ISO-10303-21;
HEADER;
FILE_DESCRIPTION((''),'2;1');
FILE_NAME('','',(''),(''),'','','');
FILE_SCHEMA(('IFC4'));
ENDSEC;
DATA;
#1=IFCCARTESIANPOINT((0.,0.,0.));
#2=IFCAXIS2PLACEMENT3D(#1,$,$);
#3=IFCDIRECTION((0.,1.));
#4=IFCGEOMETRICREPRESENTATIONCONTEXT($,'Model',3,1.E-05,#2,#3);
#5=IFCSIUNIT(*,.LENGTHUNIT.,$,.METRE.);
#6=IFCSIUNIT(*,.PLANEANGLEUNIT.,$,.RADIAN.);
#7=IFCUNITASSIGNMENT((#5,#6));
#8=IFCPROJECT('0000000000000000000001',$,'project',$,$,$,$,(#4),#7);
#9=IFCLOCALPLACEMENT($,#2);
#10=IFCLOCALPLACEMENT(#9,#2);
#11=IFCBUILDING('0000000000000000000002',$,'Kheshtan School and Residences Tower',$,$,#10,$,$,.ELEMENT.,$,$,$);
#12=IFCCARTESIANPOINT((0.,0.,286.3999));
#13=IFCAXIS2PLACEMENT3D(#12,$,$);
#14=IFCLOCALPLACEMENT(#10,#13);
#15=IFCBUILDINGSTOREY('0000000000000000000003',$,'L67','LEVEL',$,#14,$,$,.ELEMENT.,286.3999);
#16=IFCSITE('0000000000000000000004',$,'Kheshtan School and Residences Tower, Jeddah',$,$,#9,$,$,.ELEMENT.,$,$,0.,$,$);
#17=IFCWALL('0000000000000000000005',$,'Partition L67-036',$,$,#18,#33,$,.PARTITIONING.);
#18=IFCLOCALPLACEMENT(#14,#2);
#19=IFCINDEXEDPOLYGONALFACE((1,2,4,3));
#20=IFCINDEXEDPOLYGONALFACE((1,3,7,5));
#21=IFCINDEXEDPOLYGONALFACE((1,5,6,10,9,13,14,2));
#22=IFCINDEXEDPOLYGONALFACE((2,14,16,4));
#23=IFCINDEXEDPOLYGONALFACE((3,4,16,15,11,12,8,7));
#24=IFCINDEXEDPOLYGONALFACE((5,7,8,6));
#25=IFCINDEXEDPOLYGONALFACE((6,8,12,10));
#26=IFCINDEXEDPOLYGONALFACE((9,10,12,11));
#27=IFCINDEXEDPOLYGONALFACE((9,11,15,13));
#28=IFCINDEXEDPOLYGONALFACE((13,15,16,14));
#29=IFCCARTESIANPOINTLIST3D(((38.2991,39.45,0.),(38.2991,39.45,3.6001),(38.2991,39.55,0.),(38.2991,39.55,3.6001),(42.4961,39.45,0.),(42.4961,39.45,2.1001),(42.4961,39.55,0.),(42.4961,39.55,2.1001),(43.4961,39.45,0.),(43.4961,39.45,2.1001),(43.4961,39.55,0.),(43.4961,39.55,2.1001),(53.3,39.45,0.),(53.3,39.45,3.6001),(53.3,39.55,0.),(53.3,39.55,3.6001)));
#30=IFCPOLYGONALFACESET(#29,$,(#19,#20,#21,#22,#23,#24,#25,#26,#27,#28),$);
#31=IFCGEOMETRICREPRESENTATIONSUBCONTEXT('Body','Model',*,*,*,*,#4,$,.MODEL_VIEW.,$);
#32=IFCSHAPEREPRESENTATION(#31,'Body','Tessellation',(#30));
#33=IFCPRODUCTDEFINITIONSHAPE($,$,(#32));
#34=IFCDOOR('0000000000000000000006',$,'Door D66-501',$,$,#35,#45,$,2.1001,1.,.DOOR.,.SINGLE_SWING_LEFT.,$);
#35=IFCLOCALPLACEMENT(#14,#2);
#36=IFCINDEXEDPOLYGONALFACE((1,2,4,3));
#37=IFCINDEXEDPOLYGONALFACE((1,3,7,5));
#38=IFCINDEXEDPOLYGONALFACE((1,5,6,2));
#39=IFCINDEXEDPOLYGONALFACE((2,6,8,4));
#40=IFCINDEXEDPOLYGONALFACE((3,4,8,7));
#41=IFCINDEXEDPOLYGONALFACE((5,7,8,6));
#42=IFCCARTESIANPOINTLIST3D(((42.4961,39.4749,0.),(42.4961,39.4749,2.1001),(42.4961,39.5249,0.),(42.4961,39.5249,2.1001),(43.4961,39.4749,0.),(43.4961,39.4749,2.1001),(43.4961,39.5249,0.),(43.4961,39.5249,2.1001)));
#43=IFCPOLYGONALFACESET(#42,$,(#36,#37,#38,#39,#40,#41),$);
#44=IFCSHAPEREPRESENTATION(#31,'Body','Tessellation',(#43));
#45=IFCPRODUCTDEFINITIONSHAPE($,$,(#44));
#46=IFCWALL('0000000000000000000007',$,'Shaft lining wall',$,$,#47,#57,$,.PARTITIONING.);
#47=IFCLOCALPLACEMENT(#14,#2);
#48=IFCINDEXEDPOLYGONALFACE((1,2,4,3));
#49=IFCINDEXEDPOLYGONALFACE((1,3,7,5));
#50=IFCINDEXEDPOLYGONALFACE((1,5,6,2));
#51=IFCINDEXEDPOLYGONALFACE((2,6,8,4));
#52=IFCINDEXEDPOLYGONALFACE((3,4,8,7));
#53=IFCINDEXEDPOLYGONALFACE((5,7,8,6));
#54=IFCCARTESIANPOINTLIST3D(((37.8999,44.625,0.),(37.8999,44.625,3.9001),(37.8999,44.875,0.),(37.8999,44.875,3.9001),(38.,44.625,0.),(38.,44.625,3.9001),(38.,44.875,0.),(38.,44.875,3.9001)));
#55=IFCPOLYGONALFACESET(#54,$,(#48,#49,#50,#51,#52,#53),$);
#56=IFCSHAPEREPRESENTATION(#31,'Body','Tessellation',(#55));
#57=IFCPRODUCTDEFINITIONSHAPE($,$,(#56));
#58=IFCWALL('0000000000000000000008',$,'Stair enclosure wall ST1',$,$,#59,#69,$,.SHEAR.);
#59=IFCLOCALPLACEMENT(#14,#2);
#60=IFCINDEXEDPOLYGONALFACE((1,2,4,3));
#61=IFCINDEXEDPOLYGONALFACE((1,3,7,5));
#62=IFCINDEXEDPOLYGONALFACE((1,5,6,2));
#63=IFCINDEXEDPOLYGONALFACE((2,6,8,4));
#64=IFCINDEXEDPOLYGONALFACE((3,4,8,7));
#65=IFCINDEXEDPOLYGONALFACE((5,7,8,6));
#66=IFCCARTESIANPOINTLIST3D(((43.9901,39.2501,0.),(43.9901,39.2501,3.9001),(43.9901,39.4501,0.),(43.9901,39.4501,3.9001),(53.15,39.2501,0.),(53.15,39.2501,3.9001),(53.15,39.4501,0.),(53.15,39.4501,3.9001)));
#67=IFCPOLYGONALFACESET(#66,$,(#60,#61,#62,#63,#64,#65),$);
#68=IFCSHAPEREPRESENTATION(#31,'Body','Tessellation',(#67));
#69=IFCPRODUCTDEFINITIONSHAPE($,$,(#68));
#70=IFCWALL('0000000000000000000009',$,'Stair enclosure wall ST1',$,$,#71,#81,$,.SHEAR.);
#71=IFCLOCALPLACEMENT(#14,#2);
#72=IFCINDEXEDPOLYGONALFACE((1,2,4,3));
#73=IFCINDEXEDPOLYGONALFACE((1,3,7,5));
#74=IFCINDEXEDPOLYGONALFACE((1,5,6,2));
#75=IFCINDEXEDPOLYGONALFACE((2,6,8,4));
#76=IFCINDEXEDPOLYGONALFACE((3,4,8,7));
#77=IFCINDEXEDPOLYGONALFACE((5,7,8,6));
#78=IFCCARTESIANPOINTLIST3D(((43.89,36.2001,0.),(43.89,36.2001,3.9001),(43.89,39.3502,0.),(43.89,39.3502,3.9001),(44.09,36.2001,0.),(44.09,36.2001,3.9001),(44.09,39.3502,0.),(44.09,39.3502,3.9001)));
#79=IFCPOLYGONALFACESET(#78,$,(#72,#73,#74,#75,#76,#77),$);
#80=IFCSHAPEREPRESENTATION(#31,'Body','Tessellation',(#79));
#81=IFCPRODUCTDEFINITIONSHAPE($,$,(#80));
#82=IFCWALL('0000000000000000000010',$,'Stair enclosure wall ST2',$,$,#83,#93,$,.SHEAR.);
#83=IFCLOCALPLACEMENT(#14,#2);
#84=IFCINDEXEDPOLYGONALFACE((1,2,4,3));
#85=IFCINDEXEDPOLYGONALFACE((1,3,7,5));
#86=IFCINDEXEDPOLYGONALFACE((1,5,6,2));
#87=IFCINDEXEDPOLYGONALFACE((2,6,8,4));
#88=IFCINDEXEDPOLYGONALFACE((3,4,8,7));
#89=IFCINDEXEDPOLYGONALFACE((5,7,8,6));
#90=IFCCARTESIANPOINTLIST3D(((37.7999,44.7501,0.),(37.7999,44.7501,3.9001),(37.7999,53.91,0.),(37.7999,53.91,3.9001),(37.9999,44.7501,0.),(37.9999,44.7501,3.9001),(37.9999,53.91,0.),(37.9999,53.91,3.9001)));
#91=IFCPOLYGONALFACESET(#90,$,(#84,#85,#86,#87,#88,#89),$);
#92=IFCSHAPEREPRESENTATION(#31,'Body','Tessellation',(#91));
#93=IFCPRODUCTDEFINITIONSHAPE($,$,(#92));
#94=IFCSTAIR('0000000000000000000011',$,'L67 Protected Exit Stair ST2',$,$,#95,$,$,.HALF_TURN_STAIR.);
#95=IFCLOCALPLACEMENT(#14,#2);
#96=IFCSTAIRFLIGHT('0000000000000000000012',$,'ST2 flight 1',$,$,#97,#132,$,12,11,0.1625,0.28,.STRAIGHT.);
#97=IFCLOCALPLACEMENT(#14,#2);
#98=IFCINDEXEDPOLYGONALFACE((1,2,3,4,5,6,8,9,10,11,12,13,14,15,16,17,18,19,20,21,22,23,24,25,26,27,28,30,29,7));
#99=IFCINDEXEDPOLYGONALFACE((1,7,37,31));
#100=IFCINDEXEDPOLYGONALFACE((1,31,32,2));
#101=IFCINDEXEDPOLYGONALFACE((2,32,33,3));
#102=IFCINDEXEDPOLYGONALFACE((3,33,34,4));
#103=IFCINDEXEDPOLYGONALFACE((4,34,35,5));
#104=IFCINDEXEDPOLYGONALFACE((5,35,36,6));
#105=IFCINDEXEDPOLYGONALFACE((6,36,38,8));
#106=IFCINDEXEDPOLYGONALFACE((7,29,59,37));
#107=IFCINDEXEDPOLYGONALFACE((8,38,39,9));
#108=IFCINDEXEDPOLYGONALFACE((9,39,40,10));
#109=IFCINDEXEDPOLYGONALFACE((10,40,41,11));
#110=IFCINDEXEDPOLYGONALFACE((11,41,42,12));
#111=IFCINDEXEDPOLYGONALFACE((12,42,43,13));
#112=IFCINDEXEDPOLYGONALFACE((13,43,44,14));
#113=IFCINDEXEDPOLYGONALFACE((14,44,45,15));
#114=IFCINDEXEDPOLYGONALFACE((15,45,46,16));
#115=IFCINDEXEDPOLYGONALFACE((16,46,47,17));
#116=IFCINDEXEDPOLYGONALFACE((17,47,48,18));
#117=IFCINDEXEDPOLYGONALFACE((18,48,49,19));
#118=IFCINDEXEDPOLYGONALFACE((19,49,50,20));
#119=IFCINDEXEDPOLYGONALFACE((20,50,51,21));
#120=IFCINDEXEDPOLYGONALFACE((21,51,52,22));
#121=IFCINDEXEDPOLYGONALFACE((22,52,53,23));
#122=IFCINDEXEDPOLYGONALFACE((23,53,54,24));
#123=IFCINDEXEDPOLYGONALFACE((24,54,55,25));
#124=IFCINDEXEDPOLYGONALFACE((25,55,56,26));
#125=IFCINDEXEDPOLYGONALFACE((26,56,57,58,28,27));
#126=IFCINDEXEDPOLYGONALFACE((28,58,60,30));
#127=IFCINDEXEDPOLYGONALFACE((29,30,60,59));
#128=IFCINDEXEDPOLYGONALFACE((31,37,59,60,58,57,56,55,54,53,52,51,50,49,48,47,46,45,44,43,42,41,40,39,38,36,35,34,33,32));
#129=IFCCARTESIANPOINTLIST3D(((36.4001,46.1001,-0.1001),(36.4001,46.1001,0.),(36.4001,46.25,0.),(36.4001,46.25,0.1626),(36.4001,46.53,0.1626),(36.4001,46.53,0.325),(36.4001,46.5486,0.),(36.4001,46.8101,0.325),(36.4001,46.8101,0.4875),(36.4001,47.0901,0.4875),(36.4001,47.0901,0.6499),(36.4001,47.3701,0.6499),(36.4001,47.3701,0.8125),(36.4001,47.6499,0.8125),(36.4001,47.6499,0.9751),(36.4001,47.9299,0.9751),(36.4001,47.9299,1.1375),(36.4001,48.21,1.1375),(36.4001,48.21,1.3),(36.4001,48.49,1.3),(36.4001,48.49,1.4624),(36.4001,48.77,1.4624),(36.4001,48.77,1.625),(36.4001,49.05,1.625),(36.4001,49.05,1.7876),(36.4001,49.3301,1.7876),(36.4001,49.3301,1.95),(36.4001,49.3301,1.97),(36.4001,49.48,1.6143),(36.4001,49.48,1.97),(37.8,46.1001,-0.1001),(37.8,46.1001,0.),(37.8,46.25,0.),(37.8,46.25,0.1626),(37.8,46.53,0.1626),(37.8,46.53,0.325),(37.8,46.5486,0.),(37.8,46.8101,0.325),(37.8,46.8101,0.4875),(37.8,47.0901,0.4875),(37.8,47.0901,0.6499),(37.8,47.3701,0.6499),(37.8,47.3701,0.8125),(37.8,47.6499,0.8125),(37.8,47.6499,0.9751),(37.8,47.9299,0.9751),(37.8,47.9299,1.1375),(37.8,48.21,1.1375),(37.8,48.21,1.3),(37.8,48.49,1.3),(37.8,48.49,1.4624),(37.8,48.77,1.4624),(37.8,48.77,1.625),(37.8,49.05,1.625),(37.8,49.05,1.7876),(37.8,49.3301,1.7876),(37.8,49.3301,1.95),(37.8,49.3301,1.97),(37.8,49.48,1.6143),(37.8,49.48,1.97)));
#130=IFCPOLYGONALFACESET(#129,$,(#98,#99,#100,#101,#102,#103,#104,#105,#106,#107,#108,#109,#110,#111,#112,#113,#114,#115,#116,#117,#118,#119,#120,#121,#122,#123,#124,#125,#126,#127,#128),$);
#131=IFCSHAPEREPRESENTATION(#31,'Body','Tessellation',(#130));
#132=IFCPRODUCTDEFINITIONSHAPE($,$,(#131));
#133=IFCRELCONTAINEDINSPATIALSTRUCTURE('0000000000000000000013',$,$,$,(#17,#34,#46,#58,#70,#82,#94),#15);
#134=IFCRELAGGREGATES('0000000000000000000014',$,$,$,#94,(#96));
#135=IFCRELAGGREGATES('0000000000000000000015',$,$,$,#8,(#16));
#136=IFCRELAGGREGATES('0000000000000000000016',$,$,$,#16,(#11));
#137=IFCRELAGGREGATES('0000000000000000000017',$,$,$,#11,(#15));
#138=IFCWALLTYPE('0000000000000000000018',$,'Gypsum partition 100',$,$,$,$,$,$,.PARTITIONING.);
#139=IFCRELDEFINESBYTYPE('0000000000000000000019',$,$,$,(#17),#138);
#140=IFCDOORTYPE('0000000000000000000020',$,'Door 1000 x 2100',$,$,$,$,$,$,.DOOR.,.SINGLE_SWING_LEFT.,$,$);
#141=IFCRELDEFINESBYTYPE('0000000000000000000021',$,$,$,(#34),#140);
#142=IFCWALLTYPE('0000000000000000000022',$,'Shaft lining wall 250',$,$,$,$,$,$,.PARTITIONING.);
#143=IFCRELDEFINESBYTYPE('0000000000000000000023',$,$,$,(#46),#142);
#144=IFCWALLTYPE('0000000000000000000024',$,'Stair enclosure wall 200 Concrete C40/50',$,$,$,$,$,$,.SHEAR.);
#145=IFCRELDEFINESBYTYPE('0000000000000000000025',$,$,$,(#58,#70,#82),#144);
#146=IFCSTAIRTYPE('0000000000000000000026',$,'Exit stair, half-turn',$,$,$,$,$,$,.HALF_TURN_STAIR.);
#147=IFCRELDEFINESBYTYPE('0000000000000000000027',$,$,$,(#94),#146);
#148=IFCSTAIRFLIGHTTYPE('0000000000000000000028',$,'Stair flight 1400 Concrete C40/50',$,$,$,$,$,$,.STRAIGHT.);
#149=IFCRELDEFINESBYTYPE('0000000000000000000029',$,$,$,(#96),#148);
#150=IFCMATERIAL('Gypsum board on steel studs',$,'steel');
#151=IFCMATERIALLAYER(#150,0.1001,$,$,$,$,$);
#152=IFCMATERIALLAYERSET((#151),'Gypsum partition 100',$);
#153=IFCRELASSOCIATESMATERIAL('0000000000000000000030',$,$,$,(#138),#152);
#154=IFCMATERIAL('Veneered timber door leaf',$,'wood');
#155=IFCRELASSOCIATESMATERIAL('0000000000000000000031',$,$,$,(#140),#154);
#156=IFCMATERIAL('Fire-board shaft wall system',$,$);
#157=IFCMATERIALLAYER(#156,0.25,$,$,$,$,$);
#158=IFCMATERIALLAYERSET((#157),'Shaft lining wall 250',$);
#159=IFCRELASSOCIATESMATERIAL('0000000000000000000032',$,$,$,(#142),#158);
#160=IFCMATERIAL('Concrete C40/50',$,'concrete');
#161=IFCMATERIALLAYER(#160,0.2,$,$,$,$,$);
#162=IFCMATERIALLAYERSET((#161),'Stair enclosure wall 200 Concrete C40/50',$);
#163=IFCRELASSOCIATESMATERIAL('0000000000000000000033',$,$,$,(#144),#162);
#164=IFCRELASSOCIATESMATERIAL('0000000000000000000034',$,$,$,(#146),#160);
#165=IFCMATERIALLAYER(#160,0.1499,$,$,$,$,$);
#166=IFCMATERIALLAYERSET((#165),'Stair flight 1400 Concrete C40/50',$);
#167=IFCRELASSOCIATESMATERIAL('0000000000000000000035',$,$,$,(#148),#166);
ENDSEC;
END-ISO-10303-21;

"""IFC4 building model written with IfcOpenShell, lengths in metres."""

from ifc_helpers import new_model, si_unit, direction, frame, frame_2d, origin, place, context, subcontext, project, spatial, polyline, rectangle, outline, extrude, source, transform, mapped, material, layer, layer_set, type_object, element, fill, aggregate, save


model = new_model("IFC4")

# Units and contexts
model_context = context("Model", 3, precision=1e-05, world=origin(), true_north=direction((0.0, 1.0)))
body_context = subcontext(model_context, "Body", "Model", "MODEL_VIEW")
ifc_project = project(units=[si_unit("LENGTHUNIT", "METRE"), si_unit("PLANEANGLEUNIT", "RADIAN")], contexts=[model_context])

# Site, building, storey
site_placement = place(None, origin())
site = spatial("IfcSite", under=ifc_project, at=site_placement, Name="Kheshtan School and Residences Tower, Jeddah", CompositionType="ELEMENT", RefElevation=0.0)
building_placement = place(site_placement, origin())
building = spatial("IfcBuilding", under=site, at=building_placement, Name="Kheshtan School and Residences Tower", CompositionType="ELEMENT")
storey_placement = place(building_placement, frame((0.0, 0.0, 286.3999)))
storey = spatial("IfcBuildingStorey", under=building, at=storey_placement, Name="L67", Description="LEVEL", CompositionType="ELEMENT", Elevation=286.3999)

# Wall, opening, door
ifc_material_1 = material(Name="Gypsum board on steel studs", Category="steel")
ifc_layer_1 = layer(ifc_material_1, 0.1001)
ifc_layer_set_1 = layer_set([ifc_layer_1], Name="Gypsum partition 100")
wall_type_1 = type_object("IfcWallType", Name="Gypsum partition 100", PredefinedType="PARTITIONING", material=ifc_layer_set_1)
wall_1_placement = place(storey_placement, frame((38.2991, 39.5, 0.0), z_axis=(0.0, 0.0, 1.0), x_axis=(1.0, 0.0, 0.0)))
wall_1 = element("IfcWall", 1, at=wall_1_placement, inside=storey, type_object=wall_type_1, Name="Partition L67-036", PredefinedType="PARTITIONING", context=body_context, shape_type="SweptSolid", body=[
    extrude(rectangle(XDim=15.001, YDim=0.1001, at=frame_2d((7.5005, 0.0))), origin(), (0.0, 0.0, 1.0), 3.6001),
])
opening_1_placement = place(wall_1_placement, frame((4.197, 0.0, 0.0)))
opening_1 = element("IfcOpeningElement", 2, at=opening_1_placement, cuts=wall_1, PredefinedType="OPENING", context=body_context, shape_type="SweptSolid", body=[
    extrude(rectangle(XDim=1.0, YDim=2.1001, at=frame_2d((0.5, 1.05))), frame((0.0, 0.0601, 0.0), z_axis=(0.0, -1.0, 0.0), x_axis=(1.0, 0.0, 0.0)), (0.0, 0.0, 1.0), 0.1201),
])
ifc_material_2 = material(Name="Veneered timber door leaf", Category="wood")
door_type_1 = type_object("IfcDoorType", Name="Door 1000 x 2100", OperationType="SINGLE_SWING_LEFT", PredefinedType="DOOR", material=ifc_material_2)
shared_shape_1 = source(origin(), body_context, "Body", "SweptSolid", [
    extrude(rectangle(XDim=1.0, YDim=2.1001, at=frame_2d((0.5, 1.05))), frame((0.0, 0.0249, 0.0), z_axis=(0.0, -1.0, 0.0), x_axis=(1.0, 0.0, 0.0)), (0.0, 0.0, 1.0), 0.05),
])
door_1_placement = place(opening_1_placement, origin())
door_1 = element("IfcDoor", 3, at=door_1_placement, inside=storey, type_object=door_type_1, Name="Door D66-501", OperationType="SINGLE_SWING_LEFT", OverallHeight=2.1001, OverallWidth=1.0, PredefinedType="DOOR", context=body_context, shape_type="MappedRepresentation", body=[
    mapped(shared_shape_1, transform((0.0, 0.0, 0.0), x_axis=(1.0, 0.0, 0.0), y_axis=(0.0, 1.0, 0.0), z_axis=(0.0, 0.0, 1.0), scale=1.0)),
])
fill(opening_1, door_1)

# Walls
ifc_material_3 = material(Name="Fire-board shaft wall system")
ifc_layer_2 = layer(ifc_material_3, 0.25)
ifc_layer_set_2 = layer_set([ifc_layer_2], Name="Shaft lining wall 250")
wall_type_2 = type_object("IfcWallType", Name="Shaft lining wall 250", PredefinedType="PARTITIONING", material=ifc_layer_set_2)
wall_2_placement = place(storey_placement, frame((37.8999, 44.75, 0.0), z_axis=(0.0, 0.0, 1.0), x_axis=(1.0, 0.0, 0.0)))
element("IfcWall", 4, at=wall_2_placement, inside=storey, type_object=wall_type_2, Name="Shaft lining wall", PredefinedType="PARTITIONING", context=body_context, shape_type="SweptSolid", body=[
    extrude(rectangle(XDim=0.1001, YDim=0.25, at=frame_2d((0.05, 0.0))), origin(), (0.0, 0.0, 1.0), 3.9001),
])
ifc_material_4 = material(Name="Concrete C40/50", Category="concrete")
ifc_layer_3 = layer(ifc_material_4, 0.2)
ifc_layer_set_3 = layer_set([ifc_layer_3], Name="Stair enclosure wall 200 Concrete C40/50")
wall_type_3 = type_object("IfcWallType", Name="Stair enclosure wall 200 Concrete C40/50", PredefinedType="SHEAR", material=ifc_layer_set_3)
wall_3_placement = place(storey_placement, frame((43.99, 39.3501, 0.0), z_axis=(0.0, 0.0, 1.0), x_axis=(1.0, 0.0, 0.0)))
element("IfcWall", 5, at=wall_3_placement, inside=storey, type_object=wall_type_3, Name="Stair enclosure wall ST1", PredefinedType="SHEAR", context=body_context, shape_type="SweptSolid", body=[
    extrude(rectangle(XDim=9.1599, YDim=0.2, at=frame_2d((4.5801, 0.0))), origin(), (0.0, 0.0, 1.0), 3.9001),
])
wall_4_placement = place(storey_placement, frame((43.99, 36.2, 0.0), z_axis=(0.0, 0.0, 1.0), x_axis=(0.0, 1.0, 0.0)))
element("IfcWall", 6, at=wall_4_placement, inside=storey, type_object=wall_type_3, Name="Stair enclosure wall ST1", PredefinedType="SHEAR", context=body_context, shape_type="SweptSolid", body=[
    extrude(rectangle(XDim=3.1501, YDim=0.2, at=frame_2d((1.5752, 0.0))), origin(), (0.0, 0.0, 1.0), 3.9001),
])
wall_5_placement = place(storey_placement, frame((37.8999, 44.75, 0.0), z_axis=(0.0, 0.0, 1.0), x_axis=(0.0, 1.0, 0.0)))
element("IfcWall", 7, at=wall_5_placement, inside=storey, type_object=wall_type_3, Name="Stair enclosure wall ST2", PredefinedType="SHEAR", context=body_context, shape_type="SweptSolid", body=[
    extrude(rectangle(XDim=9.1599, YDim=0.2, at=frame_2d((4.5801, 0.0))), origin(), (0.0, 0.0, 1.0), 3.9001),
])

# Stair, stair flight
stair_type = type_object("IfcStairType", Name="Exit stair, half-turn", PredefinedType="HALF_TURN_STAIR", material=ifc_material_4)
stair_placement = place(storey_placement, origin())
stair = element("IfcStair", 8, at=stair_placement, inside=storey, type_object=stair_type, Name="L67 Protected Exit Stair ST2", PredefinedType="HALF_TURN_STAIR")
ifc_layer_4 = layer(ifc_material_4, 0.1499)
ifc_layer_set_4 = layer_set([ifc_layer_4], Name="Stair flight 1400 Concrete C40/50")
stair_flight_type = type_object("IfcStairFlightType", Name="Stair flight 1400 Concrete C40/50", PredefinedType="STRAIGHT", material=ifc_layer_set_4)
stair_flight_placement = place(storey_placement, frame((37.1001, 46.25, 0.0), z_axis=(0.0, 0.0, 1.0), x_axis=(0.0, 1.0, 0.0)))
stair_flight = element("IfcStairFlight", 9, at=stair_flight_placement, type_object=stair_flight_type, Name="ST2 flight 1", NumberOfRisers=12, NumberOfTreads=11, PredefinedType="STRAIGHT", RiserHeight=0.1625, TreadLength=0.28, context=body_context, shape_type="SweptSolid", body=[
    extrude(outline(polyline([(-0.1499, -0.1001), (-0.1499, 0.0), (0.0, 0.0), (0.0, 0.1626), (0.28, 0.1626), (0.28, 0.325), (0.5601, 0.325), (0.5601, 0.4875), (0.8401, 0.4875), (0.8401, 0.6499), (1.1201, 0.6499), (1.1201, 0.8125), (1.3999, 0.8125), (1.3999, 0.9751), (1.6799, 0.9751), (1.6799, 1.1375), (1.96, 1.1375), (1.96, 1.3), (2.24, 1.3), (2.24, 1.4624), (2.52, 1.4624), (2.52, 1.625), (2.8, 1.625), (2.8, 1.7876), (3.0801, 1.7876), (3.0801, 1.95), (3.0801, 1.97), (3.23, 1.97), (3.23, 1.6143), (0.2986, 0.0), (-0.1499, -0.1001)])), frame((0.0, 0.7, 0.0), z_axis=(0.0, -1.0, 0.0), x_axis=(1.0, 0.0, 0.0)), (0.0, 0.0, 1.0), 1.3999),
])
aggregate(stair, [stair_flight])

save(model, "model.ifc")
